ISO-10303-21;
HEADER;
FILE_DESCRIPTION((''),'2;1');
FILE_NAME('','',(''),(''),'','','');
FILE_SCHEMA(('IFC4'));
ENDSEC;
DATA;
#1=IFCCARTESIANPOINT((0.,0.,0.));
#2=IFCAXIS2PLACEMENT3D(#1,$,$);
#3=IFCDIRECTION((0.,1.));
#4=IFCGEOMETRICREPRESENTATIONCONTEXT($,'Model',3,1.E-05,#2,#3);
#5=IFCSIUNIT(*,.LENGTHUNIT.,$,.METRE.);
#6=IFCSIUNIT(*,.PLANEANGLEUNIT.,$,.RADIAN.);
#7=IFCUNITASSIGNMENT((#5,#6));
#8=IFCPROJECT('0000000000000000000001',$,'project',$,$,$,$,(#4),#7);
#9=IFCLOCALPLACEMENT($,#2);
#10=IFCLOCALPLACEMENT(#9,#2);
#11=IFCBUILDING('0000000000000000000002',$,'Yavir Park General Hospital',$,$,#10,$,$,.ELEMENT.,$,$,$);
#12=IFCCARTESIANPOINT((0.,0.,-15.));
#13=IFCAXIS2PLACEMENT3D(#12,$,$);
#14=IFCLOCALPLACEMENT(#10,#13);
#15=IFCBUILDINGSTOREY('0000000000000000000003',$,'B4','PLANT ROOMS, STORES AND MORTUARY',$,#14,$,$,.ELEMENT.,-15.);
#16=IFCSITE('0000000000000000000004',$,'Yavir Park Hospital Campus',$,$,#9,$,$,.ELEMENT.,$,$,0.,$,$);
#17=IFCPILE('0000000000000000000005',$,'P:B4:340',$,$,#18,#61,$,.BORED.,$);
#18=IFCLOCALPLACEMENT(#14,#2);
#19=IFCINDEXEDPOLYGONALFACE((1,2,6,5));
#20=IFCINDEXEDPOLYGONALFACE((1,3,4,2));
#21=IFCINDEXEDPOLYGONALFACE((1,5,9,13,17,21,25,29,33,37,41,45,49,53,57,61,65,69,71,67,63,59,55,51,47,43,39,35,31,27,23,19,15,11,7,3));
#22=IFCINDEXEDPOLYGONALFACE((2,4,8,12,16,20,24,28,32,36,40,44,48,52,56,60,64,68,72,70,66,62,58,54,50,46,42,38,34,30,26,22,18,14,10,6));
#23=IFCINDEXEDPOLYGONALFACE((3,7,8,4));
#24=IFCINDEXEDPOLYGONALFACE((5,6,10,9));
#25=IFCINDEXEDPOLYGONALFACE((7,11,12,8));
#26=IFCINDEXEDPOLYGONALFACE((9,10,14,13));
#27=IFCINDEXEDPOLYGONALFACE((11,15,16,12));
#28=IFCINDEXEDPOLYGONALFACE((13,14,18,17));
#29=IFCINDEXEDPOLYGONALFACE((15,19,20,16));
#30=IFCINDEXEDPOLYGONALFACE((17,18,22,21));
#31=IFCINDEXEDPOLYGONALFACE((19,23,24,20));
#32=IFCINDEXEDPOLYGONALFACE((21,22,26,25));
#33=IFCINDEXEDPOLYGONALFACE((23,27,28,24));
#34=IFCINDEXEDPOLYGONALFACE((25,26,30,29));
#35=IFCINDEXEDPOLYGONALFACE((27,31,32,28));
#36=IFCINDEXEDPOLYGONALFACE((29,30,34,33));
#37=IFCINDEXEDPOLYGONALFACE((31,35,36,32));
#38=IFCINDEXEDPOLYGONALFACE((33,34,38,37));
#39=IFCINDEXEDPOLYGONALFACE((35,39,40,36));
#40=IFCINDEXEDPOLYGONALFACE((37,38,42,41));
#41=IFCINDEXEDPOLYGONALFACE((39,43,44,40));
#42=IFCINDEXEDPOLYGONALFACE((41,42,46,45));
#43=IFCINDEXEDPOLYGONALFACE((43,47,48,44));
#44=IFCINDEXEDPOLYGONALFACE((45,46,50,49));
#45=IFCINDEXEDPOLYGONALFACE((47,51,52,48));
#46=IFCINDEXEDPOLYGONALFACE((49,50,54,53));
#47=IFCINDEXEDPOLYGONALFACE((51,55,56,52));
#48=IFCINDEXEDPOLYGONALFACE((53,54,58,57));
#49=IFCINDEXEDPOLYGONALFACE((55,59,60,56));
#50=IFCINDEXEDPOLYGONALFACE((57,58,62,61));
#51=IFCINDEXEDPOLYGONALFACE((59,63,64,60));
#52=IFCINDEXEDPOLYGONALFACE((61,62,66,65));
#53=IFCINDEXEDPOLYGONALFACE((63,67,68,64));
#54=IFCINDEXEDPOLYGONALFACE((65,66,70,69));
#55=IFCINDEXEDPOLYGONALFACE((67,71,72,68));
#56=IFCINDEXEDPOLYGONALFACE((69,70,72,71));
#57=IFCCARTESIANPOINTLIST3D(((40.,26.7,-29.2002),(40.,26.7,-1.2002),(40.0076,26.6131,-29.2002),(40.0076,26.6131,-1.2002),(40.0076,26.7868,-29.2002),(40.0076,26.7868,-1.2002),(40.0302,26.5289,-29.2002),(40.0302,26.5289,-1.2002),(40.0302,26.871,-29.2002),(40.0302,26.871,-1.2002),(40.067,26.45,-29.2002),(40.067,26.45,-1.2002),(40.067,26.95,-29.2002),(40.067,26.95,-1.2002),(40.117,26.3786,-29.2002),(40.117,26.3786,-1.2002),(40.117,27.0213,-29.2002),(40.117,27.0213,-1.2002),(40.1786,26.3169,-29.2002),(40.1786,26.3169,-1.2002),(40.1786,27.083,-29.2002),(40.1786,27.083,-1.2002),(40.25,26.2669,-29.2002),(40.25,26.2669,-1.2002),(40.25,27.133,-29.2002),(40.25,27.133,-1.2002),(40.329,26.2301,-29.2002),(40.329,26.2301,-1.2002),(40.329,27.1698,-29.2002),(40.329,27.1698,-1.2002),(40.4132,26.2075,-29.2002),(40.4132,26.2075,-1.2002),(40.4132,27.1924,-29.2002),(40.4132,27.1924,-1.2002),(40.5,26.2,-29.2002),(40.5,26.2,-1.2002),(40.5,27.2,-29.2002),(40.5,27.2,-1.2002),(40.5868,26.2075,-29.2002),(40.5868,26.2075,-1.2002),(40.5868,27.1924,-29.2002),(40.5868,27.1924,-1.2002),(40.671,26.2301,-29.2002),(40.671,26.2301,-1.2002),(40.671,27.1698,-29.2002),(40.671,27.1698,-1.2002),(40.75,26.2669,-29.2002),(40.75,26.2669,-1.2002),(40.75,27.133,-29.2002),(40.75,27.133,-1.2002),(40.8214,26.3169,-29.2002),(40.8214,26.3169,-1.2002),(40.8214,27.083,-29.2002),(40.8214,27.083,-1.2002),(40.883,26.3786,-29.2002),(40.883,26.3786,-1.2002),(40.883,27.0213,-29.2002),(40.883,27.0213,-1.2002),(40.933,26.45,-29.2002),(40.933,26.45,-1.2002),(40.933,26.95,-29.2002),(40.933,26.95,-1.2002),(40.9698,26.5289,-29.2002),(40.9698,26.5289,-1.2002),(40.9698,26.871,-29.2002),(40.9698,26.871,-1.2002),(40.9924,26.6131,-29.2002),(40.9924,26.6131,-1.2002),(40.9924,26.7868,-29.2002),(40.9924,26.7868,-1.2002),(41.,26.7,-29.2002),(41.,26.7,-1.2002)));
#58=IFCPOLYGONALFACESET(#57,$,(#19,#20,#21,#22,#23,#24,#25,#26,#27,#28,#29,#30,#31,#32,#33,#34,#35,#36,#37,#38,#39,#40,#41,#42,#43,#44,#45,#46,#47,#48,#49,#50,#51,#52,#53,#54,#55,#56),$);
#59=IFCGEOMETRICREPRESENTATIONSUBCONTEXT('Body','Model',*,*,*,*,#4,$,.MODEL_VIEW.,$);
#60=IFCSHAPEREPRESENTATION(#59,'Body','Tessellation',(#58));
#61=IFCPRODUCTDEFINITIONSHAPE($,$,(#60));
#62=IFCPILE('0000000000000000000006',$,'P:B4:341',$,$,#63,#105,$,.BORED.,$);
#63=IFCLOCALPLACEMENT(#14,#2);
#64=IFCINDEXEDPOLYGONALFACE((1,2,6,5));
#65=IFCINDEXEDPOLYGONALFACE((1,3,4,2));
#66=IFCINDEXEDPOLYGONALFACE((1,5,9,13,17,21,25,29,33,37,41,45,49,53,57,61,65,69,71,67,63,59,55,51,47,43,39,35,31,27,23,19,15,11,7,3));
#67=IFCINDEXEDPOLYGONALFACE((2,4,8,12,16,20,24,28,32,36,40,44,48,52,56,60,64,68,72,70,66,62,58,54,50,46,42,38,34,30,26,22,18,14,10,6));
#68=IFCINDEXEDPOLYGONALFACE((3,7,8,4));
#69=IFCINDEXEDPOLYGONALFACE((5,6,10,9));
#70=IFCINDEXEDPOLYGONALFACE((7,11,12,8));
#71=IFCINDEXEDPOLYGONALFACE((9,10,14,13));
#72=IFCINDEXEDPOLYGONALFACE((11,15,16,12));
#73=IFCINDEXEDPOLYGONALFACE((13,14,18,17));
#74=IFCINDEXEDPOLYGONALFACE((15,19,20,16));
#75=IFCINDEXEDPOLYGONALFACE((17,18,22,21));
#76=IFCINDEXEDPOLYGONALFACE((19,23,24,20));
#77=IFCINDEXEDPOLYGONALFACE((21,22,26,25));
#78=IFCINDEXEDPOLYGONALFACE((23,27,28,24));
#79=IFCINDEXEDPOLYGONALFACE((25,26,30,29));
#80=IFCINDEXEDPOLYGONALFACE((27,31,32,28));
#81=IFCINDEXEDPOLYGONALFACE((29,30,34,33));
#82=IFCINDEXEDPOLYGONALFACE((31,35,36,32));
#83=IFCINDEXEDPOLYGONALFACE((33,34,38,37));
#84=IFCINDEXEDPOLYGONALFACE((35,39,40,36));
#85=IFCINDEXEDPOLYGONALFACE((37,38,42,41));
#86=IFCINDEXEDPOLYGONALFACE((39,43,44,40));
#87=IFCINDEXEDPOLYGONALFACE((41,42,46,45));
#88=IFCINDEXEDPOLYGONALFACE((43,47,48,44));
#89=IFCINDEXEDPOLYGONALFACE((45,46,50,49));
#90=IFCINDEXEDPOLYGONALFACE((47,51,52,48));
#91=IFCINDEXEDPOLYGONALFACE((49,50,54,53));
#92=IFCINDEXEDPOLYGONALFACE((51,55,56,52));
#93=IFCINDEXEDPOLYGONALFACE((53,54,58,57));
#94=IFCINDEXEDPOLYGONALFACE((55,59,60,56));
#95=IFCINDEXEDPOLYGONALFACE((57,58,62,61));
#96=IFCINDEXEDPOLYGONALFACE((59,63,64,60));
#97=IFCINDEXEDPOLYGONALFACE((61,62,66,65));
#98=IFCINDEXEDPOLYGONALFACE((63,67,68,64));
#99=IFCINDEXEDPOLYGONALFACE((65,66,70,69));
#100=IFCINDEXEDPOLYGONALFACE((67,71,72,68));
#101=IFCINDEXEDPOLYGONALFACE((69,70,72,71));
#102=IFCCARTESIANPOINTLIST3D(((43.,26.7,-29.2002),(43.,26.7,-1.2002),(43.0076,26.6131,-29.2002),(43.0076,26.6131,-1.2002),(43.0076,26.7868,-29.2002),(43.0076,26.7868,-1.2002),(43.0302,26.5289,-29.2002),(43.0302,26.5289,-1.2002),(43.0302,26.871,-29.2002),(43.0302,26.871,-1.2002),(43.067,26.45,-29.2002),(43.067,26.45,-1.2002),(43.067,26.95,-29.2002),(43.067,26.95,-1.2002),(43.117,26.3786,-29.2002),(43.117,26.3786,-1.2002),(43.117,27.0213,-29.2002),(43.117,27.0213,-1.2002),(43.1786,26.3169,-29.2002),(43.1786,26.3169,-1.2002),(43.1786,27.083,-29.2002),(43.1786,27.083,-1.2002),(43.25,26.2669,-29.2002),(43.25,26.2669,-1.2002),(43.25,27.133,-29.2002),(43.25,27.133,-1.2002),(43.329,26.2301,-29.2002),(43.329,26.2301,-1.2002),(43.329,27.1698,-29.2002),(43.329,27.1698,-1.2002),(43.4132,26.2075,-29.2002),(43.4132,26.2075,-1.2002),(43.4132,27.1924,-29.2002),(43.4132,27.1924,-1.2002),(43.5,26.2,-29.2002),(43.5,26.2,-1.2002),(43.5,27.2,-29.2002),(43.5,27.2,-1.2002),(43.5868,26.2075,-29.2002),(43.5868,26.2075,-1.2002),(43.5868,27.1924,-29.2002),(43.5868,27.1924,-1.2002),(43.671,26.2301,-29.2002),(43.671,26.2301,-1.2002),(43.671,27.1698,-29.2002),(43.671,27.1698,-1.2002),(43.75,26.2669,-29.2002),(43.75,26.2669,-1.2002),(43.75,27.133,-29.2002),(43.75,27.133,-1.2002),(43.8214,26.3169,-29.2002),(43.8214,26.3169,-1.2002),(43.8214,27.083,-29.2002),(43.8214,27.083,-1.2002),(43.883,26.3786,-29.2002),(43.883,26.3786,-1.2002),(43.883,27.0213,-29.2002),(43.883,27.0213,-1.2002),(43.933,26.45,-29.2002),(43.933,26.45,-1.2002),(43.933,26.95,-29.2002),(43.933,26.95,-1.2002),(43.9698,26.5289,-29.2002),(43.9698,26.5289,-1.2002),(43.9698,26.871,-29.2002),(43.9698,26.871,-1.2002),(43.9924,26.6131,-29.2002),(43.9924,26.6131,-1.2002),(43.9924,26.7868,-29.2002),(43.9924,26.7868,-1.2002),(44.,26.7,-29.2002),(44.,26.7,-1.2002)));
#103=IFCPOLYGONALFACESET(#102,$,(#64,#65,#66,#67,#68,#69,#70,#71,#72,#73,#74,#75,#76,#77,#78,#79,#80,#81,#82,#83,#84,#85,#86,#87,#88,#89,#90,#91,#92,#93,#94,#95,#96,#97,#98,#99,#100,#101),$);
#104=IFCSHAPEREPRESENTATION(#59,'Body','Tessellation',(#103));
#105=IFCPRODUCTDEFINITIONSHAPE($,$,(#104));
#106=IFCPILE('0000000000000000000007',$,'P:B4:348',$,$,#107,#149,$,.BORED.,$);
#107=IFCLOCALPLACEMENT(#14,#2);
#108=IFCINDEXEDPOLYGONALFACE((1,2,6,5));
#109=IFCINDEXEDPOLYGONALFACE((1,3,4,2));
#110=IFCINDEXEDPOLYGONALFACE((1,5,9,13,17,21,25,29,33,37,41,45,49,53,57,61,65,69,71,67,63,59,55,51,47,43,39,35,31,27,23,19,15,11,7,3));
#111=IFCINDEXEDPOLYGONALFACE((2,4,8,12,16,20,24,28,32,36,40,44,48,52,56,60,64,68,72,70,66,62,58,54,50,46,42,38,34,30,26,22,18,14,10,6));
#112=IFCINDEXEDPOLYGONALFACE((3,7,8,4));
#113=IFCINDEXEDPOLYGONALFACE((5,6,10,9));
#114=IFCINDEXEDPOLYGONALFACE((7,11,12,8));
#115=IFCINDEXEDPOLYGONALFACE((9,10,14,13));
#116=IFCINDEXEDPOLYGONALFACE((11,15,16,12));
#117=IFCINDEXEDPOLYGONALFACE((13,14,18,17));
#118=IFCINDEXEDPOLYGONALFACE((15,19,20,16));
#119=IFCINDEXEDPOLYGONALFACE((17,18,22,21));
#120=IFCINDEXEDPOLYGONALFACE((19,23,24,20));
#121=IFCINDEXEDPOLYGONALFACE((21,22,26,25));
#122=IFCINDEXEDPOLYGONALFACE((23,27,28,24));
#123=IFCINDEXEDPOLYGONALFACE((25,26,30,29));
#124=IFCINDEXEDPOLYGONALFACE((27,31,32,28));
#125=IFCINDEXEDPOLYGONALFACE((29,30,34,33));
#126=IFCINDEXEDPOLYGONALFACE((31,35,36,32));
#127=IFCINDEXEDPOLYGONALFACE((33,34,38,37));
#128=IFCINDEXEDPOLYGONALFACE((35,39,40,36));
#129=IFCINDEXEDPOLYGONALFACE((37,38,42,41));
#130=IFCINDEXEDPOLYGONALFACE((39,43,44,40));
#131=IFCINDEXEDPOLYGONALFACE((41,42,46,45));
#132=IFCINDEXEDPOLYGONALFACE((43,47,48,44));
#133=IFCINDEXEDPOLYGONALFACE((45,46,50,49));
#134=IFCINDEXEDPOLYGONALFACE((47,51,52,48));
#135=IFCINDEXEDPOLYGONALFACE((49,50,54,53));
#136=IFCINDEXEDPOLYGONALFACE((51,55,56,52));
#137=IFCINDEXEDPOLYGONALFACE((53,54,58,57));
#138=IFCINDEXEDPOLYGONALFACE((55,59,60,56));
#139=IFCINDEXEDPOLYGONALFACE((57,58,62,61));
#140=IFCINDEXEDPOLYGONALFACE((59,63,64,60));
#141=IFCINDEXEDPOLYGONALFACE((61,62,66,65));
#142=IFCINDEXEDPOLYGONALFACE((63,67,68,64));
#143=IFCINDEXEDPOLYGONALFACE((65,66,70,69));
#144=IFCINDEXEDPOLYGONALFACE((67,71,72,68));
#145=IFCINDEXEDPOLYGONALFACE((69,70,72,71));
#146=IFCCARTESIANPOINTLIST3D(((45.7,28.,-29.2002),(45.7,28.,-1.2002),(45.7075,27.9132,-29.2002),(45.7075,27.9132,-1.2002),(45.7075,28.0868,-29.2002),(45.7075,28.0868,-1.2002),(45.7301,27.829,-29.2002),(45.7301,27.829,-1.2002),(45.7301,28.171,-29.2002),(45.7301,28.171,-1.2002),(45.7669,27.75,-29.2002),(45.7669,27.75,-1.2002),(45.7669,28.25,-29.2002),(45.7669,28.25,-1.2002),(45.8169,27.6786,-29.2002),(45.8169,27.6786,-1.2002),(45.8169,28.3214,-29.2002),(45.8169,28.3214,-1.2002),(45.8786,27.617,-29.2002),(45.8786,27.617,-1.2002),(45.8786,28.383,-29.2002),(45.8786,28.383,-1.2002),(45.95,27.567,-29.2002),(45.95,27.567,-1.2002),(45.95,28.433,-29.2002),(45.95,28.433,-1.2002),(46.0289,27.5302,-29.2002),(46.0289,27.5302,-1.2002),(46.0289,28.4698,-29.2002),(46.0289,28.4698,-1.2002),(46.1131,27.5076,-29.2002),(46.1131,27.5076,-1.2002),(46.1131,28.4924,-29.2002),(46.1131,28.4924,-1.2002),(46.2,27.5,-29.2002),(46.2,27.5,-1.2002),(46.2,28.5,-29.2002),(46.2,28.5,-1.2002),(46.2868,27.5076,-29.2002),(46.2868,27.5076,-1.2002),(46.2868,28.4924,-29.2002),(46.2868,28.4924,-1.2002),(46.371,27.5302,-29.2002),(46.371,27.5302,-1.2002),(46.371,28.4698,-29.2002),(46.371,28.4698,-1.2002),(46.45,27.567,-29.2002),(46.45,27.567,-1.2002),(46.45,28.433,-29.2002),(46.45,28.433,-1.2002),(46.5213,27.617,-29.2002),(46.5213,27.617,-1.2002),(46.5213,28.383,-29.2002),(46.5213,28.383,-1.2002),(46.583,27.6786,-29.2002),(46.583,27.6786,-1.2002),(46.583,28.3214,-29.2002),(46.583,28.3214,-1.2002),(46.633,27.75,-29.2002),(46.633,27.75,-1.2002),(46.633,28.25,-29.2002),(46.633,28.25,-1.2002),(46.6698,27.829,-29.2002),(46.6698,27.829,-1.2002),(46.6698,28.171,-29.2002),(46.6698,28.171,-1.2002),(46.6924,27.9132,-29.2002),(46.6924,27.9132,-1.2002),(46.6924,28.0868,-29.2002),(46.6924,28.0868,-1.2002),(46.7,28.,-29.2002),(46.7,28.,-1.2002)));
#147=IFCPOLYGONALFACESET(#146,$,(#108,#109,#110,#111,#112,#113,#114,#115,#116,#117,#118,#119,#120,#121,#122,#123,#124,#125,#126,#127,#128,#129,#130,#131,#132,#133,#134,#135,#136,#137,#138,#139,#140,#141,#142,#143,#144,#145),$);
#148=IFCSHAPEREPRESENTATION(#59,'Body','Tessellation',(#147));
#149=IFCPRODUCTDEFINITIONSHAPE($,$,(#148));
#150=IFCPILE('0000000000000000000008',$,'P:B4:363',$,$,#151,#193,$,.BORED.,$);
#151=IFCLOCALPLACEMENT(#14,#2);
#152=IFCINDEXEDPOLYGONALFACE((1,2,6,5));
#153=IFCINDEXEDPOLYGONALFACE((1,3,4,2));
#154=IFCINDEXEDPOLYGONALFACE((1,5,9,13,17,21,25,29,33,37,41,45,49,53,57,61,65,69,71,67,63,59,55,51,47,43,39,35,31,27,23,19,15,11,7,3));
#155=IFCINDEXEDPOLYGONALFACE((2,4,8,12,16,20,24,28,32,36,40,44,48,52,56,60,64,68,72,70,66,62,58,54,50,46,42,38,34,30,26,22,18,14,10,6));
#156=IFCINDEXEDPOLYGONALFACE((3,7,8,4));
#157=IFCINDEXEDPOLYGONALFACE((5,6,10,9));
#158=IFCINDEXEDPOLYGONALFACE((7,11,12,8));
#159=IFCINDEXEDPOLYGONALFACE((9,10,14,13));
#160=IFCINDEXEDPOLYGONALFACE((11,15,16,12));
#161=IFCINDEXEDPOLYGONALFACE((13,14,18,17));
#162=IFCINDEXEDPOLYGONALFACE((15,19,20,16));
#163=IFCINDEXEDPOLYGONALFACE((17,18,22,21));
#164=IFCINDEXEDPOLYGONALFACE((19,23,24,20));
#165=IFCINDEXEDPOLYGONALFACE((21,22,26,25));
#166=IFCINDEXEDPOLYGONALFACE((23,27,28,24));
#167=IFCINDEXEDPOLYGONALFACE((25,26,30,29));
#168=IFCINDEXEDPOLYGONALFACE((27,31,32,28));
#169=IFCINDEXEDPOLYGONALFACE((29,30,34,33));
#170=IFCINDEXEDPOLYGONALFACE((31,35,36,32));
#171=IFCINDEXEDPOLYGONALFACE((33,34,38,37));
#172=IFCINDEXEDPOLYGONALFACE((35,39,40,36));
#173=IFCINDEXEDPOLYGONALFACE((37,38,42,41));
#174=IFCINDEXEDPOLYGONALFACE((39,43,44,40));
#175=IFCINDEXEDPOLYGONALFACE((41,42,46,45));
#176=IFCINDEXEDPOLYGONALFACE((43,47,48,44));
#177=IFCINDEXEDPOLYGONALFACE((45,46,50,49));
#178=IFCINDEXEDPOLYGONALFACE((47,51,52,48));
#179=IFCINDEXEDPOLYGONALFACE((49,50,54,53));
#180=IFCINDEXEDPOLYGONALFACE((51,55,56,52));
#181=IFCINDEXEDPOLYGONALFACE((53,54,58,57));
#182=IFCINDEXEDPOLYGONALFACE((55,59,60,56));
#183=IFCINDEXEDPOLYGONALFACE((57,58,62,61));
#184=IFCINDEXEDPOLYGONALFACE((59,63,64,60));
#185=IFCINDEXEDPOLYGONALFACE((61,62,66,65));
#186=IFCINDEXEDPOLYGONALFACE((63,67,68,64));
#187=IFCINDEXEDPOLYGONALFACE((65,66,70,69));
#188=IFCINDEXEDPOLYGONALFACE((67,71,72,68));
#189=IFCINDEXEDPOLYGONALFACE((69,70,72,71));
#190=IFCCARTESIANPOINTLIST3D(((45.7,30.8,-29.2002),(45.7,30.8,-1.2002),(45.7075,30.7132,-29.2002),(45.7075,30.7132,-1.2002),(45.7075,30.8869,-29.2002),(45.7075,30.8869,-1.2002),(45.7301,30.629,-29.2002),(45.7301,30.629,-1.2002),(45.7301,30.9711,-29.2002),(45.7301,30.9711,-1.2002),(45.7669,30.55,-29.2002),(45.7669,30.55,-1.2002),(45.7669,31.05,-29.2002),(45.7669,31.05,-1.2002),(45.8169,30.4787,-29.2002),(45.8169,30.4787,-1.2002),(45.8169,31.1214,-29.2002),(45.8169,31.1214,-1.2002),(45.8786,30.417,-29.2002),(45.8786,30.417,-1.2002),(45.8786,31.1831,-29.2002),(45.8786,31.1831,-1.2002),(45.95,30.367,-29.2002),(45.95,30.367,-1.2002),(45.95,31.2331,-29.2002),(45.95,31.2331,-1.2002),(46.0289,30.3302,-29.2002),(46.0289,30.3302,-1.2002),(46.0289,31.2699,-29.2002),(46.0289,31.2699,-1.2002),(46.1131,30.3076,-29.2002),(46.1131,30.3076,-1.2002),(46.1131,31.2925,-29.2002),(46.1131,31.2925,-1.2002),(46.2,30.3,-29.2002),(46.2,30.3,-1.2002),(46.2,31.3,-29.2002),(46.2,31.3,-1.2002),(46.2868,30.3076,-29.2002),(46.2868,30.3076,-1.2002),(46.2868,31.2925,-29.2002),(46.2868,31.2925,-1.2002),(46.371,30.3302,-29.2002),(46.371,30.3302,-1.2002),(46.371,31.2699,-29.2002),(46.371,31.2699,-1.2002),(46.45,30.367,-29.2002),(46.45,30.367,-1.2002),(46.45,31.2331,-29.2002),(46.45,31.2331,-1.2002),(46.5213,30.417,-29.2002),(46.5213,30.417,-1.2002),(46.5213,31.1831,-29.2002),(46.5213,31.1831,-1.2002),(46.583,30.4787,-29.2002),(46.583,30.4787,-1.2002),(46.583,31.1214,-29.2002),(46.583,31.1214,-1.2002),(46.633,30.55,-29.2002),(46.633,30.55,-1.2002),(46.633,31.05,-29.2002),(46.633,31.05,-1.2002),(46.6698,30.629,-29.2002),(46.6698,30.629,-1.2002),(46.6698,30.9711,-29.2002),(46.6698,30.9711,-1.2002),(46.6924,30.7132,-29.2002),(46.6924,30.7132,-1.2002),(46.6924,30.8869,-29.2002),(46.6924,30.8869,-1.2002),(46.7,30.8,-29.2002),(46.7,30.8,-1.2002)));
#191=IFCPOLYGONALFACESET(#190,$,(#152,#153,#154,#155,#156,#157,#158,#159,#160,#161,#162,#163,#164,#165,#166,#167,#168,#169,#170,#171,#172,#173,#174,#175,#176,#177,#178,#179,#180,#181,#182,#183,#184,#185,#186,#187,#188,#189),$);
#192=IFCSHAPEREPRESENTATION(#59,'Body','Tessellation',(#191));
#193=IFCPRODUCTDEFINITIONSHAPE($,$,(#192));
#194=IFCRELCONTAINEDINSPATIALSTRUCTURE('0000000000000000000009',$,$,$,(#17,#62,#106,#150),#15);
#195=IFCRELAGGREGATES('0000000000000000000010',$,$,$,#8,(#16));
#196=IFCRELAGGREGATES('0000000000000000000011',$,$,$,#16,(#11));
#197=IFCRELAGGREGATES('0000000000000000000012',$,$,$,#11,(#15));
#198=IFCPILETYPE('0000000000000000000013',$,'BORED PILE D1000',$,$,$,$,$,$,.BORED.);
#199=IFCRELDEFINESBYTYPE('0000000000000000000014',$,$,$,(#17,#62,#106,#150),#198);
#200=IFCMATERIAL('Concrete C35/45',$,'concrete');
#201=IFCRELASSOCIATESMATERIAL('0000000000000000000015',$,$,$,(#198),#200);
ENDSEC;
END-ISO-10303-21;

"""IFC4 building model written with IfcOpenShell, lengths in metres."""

from ifc_helpers import new_model, si_unit, direction, frame, origin, origin_2d, place, context, subcontext, project, spatial, circle, extrude, material, material_profile, profile_set, type_object, element, save


model = new_model("IFC4")

# Units and contexts
model_context = context("Model", 3, precision=1e-05, world=origin(), true_north=direction((0.0, 1.0)))
body_context = subcontext(model_context, "Body", "Model", "MODEL_VIEW")
ifc_project = project(units=[si_unit("LENGTHUNIT", "METRE"), si_unit("PLANEANGLEUNIT", "RADIAN")], contexts=[model_context])

# Site, building, storey
site_placement = place(None, origin())
site = spatial("IfcSite", under=ifc_project, at=site_placement, Name="Yavir Park Hospital Campus", CompositionType="ELEMENT", RefElevation=0.0)
building_placement = place(site_placement, origin())
building = spatial("IfcBuilding", under=site, at=building_placement, Name="Yavir Park General Hospital", CompositionType="ELEMENT")
storey_placement = place(building_placement, frame((0.0, 0.0, -15.0)))
storey = spatial("IfcBuildingStorey", under=building, at=storey_placement, Name="B4", Description="PLANT ROOMS, STORES AND MORTUARY", CompositionType="ELEMENT", Elevation=-15.0)

# Piles
ifc_material_1 = material(Name="Concrete C35/45", Category="concrete")
ifc_material_profile_1 = material_profile(ifc_material_1, circle(Radius=0.5, at=origin_2d()), Name="D1000")
ifc_profile_set_1 = profile_set([ifc_material_profile_1], Name="Concrete C35/45")
pile_type_1 = type_object("IfcPileType", Name="BORED PILE D1000", PredefinedType="BORED", material=ifc_profile_set_1)
for number, where, z_axis, x_axis, name in (
    (1, (40.5, 26.7, -1.2002), (0.0, 0.0, -1.0), (1.0, 0.0, 0.0), "P:B4:340"),
    (2, (43.5, 26.7, -1.2002), (0.0, 0.0, -1.0), (1.0, 0.0, 0.0), "P:B4:341"),
    (3, (46.2, 28.0, -1.2002), (0.0, 0.0, -1.0), (1.0, 0.0, 0.0), "P:B4:348"),
    (4, (46.2, 30.8, -1.2002), (0.0, 0.0, -1.0), (1.0, 0.0, 0.0), "P:B4:363"),
):
    element("IfcPile", number, at=place(storey_placement, frame(where, z_axis=z_axis, x_axis=x_axis)), inside=storey, type_object=pile_type_1, Name=name, PredefinedType="BORED", context=body_context, shape_type="SweptSolid", body=[
        extrude(circle(Radius=0.5, at=origin_2d()), origin(), (0.0, 0.0, 1.0), 28.0),
    ])

save(model, "model.ifc")
